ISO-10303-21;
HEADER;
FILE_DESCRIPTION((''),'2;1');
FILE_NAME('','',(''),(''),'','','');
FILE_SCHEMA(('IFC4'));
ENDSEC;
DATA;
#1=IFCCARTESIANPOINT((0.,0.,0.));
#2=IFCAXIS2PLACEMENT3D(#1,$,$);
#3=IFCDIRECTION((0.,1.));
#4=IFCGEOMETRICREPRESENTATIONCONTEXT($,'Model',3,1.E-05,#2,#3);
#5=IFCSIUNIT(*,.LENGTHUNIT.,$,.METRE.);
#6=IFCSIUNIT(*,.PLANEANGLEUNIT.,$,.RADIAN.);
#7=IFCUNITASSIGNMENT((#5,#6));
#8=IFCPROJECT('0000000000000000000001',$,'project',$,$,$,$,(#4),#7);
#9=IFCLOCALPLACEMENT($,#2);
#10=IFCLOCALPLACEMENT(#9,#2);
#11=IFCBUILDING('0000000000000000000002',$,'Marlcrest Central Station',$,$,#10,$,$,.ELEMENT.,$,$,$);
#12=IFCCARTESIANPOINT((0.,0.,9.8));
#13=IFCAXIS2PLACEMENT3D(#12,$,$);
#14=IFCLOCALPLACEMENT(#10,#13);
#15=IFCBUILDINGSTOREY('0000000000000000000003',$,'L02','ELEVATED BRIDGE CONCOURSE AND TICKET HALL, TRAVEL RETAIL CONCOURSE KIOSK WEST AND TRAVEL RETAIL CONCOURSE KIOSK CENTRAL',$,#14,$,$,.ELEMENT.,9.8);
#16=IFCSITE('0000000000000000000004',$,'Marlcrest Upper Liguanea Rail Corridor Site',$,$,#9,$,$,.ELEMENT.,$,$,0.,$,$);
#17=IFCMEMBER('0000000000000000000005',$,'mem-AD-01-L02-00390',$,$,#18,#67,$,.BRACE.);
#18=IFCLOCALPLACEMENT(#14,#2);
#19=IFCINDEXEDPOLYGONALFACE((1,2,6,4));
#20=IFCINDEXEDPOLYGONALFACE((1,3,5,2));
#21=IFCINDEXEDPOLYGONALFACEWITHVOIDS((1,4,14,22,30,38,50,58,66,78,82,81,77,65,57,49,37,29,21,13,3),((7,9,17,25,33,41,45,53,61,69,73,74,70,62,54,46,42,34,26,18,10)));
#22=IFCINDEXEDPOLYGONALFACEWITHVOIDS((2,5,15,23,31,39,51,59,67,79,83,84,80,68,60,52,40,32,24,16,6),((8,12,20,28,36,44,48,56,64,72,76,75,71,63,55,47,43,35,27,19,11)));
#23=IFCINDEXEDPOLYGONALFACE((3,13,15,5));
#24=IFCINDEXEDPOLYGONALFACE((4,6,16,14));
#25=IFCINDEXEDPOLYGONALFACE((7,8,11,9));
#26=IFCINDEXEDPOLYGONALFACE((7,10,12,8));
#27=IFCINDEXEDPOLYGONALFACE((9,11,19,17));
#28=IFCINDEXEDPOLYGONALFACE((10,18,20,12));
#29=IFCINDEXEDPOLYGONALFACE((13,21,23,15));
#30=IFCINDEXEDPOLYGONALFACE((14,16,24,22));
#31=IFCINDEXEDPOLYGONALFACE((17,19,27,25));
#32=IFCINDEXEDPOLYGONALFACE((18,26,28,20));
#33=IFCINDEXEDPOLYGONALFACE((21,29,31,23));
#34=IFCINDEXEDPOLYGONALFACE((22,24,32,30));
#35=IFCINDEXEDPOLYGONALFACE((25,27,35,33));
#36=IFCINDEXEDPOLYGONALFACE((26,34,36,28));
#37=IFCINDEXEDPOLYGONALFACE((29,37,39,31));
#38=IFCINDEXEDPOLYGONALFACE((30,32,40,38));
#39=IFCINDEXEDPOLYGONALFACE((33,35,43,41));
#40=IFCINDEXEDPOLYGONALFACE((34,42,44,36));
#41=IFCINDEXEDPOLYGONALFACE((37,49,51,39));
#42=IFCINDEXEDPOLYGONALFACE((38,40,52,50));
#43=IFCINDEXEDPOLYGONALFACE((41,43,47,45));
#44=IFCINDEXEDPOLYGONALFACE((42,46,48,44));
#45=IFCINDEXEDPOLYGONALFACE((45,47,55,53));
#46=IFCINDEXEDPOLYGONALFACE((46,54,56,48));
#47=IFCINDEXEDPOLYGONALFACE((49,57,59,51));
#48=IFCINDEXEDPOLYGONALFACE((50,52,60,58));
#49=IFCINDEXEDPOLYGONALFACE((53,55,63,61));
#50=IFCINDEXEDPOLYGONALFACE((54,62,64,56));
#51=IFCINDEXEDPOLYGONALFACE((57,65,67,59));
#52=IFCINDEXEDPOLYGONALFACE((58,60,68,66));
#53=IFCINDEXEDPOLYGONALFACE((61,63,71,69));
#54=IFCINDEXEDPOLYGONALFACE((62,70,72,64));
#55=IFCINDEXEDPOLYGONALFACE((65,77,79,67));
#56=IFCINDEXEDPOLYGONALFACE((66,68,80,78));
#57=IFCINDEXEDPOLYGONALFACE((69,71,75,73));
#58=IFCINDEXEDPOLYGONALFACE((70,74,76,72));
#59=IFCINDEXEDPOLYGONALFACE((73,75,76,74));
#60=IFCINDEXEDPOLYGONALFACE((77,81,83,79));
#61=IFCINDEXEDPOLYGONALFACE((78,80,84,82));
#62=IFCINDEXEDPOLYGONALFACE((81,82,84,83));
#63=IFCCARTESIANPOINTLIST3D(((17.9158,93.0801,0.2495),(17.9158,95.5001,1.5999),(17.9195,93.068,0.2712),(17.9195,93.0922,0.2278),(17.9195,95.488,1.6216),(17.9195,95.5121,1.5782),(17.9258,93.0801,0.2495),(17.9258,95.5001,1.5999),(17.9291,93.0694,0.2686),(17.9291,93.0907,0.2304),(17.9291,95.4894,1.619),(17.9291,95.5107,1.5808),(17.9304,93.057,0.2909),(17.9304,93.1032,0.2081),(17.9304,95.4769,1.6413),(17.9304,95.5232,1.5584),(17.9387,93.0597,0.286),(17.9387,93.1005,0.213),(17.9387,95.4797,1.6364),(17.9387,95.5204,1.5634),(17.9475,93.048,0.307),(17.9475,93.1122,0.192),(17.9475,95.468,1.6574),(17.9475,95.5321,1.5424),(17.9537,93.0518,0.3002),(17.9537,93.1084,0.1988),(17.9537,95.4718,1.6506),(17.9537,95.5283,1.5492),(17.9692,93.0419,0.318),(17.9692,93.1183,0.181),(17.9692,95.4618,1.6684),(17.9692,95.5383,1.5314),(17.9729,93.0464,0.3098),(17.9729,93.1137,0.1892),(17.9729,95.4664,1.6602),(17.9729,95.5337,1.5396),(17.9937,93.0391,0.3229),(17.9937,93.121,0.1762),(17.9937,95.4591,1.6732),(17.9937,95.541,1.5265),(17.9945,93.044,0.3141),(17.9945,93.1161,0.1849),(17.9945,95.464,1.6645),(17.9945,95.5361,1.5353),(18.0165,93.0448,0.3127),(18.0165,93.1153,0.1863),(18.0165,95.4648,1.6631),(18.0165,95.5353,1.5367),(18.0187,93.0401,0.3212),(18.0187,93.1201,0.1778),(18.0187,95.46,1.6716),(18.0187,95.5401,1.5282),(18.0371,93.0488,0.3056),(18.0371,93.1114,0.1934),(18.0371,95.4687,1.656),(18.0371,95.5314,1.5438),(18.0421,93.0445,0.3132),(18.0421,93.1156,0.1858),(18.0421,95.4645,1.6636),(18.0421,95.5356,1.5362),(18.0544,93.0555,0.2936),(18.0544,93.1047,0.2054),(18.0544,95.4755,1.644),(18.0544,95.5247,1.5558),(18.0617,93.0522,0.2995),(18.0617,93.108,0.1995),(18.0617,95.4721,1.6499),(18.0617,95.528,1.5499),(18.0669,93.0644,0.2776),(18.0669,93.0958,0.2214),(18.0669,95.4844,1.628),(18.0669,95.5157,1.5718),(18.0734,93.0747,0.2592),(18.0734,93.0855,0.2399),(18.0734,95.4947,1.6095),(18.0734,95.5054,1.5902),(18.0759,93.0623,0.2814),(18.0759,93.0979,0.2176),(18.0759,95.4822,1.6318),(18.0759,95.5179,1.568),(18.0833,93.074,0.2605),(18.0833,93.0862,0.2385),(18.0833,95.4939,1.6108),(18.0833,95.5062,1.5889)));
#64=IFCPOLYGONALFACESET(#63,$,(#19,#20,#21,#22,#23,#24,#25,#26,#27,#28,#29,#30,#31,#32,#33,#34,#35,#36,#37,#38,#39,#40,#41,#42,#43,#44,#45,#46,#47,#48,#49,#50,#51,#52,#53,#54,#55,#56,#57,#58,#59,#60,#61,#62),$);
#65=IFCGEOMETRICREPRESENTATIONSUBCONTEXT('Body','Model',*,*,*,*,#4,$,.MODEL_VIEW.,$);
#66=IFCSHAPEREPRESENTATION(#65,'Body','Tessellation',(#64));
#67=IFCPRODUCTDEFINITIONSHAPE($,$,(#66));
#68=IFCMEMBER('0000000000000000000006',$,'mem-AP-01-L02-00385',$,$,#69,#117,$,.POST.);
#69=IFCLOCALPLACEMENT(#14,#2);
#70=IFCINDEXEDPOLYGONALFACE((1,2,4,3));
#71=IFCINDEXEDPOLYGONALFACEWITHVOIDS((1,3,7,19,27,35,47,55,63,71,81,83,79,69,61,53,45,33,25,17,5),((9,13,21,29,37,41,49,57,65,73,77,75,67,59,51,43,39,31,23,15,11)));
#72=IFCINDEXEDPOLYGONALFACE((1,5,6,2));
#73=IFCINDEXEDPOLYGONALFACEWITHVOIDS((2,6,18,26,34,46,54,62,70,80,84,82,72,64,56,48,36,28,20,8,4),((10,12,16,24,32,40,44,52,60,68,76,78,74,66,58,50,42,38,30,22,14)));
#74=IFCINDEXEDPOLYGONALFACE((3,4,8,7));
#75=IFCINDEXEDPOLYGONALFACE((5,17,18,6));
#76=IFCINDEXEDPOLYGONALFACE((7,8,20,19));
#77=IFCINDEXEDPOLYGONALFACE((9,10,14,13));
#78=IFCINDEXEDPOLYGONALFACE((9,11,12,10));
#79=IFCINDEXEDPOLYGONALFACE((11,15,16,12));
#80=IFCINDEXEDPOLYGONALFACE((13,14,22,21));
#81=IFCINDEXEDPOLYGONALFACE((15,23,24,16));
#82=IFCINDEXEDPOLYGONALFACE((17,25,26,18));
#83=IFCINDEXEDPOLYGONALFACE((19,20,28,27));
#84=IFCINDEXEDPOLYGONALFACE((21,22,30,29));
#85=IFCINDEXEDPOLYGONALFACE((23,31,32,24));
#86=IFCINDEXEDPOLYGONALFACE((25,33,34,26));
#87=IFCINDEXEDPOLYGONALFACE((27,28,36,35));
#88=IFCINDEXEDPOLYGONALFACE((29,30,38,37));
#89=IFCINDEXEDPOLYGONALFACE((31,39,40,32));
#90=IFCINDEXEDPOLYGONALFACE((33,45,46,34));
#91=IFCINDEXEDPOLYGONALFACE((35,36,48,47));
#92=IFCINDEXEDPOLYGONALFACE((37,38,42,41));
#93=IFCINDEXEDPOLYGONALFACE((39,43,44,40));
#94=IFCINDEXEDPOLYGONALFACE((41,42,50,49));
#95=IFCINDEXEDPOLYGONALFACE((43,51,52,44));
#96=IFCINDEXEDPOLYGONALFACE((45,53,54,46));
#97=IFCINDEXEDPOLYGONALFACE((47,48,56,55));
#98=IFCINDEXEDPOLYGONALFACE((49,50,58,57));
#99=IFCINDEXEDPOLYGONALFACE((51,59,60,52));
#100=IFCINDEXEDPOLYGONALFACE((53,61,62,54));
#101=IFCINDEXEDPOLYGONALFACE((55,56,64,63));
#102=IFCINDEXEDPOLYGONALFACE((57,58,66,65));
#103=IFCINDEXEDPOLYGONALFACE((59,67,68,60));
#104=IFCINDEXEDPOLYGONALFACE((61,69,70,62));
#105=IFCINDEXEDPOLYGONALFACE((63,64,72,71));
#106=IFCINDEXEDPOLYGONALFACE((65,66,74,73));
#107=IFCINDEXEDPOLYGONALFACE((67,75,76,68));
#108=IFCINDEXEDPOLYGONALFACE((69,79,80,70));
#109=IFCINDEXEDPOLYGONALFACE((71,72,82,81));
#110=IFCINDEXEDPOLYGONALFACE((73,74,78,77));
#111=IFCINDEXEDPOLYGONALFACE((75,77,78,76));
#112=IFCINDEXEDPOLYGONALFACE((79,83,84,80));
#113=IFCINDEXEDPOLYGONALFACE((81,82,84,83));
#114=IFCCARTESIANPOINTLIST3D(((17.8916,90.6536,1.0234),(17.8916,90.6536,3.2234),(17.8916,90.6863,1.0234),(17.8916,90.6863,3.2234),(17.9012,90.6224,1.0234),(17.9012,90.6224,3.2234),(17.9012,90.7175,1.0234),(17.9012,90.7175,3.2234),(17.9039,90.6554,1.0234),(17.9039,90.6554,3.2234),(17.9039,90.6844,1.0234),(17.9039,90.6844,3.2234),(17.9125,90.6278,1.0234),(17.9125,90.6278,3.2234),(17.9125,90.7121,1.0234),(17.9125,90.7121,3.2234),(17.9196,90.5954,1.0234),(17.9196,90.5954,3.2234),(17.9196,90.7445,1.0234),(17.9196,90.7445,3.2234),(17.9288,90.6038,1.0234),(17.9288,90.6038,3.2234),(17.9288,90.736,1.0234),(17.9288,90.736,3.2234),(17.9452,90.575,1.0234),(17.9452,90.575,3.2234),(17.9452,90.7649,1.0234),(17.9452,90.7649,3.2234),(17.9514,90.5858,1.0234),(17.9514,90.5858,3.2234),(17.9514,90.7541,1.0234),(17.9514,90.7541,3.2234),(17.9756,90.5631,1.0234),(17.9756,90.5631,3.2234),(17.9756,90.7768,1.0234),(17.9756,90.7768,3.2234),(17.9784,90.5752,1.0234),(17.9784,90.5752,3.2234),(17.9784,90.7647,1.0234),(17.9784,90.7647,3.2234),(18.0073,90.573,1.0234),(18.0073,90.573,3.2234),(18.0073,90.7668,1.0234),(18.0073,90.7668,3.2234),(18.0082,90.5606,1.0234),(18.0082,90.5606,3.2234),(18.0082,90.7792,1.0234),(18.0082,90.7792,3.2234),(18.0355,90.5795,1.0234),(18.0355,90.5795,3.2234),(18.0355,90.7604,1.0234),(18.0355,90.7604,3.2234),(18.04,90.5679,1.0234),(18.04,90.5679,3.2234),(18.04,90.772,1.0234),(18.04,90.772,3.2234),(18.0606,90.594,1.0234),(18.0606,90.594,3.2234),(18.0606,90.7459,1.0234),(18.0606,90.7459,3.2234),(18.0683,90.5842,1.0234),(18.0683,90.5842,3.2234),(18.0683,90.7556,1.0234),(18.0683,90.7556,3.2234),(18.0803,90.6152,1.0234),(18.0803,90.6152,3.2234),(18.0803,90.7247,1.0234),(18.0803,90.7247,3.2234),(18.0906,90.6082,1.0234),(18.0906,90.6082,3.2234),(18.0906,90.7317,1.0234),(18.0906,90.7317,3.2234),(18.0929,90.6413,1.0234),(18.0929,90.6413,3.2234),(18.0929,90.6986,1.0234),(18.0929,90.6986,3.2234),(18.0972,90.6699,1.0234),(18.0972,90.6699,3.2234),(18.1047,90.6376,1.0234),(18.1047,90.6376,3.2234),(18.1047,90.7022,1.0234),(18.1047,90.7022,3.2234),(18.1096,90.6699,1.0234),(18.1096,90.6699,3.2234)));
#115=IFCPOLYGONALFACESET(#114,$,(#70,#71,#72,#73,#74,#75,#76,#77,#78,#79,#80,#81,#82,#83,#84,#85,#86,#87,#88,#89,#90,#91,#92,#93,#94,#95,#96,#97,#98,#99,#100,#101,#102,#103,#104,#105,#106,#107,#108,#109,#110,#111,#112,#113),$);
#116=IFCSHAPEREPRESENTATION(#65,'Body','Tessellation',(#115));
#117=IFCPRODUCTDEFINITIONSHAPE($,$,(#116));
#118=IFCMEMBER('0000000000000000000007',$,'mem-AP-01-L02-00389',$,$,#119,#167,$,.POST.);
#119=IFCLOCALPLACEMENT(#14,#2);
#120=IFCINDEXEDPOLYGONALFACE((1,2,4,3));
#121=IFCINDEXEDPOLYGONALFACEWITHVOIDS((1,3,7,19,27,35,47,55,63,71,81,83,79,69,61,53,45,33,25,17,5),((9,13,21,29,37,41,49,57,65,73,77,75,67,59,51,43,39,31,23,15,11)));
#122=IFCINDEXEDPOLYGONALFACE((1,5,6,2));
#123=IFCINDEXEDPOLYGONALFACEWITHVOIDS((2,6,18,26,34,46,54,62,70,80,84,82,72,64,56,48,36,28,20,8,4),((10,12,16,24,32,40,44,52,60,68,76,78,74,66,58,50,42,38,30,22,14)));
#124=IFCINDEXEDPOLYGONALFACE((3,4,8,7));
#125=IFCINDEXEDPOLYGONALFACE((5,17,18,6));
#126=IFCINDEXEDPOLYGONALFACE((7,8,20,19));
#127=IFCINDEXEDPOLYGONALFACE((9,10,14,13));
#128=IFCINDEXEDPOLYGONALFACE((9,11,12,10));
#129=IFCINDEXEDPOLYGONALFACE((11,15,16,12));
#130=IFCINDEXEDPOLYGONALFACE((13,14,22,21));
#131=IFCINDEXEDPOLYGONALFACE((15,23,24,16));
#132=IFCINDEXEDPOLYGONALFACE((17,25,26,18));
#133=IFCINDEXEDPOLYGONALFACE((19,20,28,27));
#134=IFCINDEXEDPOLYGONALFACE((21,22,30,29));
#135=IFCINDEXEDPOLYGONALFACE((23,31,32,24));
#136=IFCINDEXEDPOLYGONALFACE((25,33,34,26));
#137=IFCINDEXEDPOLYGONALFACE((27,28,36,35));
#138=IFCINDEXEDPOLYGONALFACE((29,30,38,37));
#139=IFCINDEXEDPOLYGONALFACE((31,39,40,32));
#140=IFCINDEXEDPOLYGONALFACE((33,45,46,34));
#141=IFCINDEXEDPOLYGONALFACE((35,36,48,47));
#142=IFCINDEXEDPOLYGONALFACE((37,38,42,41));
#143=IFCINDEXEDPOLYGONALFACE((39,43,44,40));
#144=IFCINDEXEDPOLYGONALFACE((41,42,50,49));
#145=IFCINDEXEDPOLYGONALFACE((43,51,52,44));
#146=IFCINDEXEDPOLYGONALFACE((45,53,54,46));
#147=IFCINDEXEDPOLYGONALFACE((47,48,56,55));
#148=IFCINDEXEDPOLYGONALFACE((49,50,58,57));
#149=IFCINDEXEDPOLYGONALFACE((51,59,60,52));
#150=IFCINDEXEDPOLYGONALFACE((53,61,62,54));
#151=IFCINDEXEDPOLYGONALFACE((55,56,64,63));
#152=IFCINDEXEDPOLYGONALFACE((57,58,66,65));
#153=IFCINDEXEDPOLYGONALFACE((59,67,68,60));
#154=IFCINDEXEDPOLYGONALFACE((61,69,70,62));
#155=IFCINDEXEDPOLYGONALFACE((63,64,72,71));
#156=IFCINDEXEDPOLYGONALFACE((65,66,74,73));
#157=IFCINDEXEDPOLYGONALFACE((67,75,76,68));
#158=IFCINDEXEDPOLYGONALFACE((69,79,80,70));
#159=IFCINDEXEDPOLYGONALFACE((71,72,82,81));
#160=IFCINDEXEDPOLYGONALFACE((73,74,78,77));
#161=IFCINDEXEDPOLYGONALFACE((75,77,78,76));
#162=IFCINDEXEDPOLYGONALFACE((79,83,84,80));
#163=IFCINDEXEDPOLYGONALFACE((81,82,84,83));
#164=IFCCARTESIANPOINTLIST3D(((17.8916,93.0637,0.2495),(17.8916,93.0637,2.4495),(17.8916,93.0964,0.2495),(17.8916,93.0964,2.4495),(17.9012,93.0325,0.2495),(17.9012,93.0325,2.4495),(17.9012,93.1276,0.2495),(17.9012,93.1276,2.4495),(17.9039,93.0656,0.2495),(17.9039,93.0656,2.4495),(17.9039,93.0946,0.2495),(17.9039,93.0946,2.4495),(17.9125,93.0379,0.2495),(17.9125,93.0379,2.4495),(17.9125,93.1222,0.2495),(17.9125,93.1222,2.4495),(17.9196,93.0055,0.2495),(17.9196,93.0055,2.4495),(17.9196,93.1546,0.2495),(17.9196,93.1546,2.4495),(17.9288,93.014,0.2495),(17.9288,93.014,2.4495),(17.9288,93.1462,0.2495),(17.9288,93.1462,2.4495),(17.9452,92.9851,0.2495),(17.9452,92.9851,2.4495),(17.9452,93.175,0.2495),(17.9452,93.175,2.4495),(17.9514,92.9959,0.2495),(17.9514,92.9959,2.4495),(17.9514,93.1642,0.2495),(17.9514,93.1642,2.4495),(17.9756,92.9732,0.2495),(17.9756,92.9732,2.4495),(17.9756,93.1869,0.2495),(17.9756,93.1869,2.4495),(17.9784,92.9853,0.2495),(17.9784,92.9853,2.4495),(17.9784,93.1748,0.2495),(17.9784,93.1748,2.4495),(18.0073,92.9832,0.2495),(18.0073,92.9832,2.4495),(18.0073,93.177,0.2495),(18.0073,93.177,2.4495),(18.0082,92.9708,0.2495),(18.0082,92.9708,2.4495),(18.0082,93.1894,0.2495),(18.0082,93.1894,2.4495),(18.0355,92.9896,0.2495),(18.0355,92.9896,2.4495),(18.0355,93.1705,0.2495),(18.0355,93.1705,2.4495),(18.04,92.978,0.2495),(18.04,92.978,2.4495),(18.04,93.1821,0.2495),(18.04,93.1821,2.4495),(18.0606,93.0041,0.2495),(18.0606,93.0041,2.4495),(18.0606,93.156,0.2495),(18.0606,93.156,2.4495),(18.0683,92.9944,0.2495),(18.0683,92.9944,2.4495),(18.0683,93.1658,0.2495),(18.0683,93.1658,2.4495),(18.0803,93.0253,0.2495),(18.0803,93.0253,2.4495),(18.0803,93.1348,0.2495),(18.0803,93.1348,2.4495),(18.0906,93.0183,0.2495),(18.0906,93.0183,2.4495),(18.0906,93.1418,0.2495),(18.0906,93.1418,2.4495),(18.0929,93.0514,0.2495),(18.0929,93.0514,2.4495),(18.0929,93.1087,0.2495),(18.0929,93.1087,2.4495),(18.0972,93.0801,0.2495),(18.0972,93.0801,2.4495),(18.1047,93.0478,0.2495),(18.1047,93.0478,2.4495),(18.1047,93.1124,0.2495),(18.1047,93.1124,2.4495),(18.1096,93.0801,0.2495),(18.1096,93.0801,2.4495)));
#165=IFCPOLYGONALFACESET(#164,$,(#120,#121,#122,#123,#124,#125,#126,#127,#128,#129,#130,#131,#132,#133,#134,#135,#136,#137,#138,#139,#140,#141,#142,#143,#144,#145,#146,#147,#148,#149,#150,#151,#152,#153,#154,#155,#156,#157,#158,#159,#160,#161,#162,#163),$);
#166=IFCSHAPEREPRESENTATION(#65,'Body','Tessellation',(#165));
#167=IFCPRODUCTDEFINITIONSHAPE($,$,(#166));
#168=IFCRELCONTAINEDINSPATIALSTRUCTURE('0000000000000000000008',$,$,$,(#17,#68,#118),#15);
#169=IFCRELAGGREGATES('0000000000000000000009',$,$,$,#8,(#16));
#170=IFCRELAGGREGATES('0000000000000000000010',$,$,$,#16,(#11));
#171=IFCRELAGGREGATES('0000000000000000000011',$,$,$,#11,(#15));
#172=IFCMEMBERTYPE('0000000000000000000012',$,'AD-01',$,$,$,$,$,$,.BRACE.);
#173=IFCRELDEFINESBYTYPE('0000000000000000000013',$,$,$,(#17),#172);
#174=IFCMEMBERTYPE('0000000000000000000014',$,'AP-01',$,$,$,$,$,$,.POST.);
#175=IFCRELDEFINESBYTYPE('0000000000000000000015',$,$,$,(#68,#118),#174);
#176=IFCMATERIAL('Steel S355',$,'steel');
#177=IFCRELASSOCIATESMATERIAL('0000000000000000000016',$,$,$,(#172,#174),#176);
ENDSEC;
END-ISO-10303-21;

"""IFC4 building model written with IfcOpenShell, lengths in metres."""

from ifc_helpers import new_model, si_unit, direction, frame, origin, origin_2d, place, context, subcontext, project, spatial, hollow_circle, extrude, material, material_profile, profile_set, type_object, element, save


model = new_model("IFC4")

# Units and contexts
model_context = context("Model", 3, precision=1e-05, world=origin(), true_north=direction((0.0, 1.0)))
body_context = subcontext(model_context, "Body", "Model", "MODEL_VIEW")
ifc_project = project(units=[si_unit("LENGTHUNIT", "METRE"), si_unit("PLANEANGLEUNIT", "RADIAN")], contexts=[model_context])

# Site, building, storey
site_placement = place(None, origin())
site = spatial("IfcSite", under=ifc_project, at=site_placement, Name="Marlcrest Upper Liguanea Rail Corridor Site", CompositionType="ELEMENT", RefElevation=0.0)
building_placement = place(site_placement, origin())
building = spatial("IfcBuilding", under=site, at=building_placement, Name="Marlcrest Central Station", CompositionType="ELEMENT")
storey_placement = place(building_placement, frame((0.0, 0.0, 9.8)))
storey = spatial("IfcBuildingStorey", under=building, at=storey_placement, Name="L02", Description="ELEVATED BRIDGE CONCOURSE AND TICKET HALL, TRAVEL RETAIL CONCOURSE KIOSK WEST AND TRAVEL RETAIL CONCOURSE KIOSK CENTRAL", CompositionType="ELEMENT", Elevation=9.8)

# Members
ifc_material_1 = material(Name="Steel S355", Category="steel")
ifc_material_profile_1 = material_profile(ifc_material_1, hollow_circle(Radius=0.0842, WallThickness=0.01, at=origin_2d()), Name="CHS 168.3x10")
ifc_profile_set_1 = profile_set([ifc_material_profile_1], Name="Steel S355")
member_type_1 = type_object("IfcMemberType", Name="AD-01", PredefinedType="BRACE", material=ifc_profile_set_1)
member_1_placement = place(storey_placement, frame((18.0, 93.0801, 0.2495), z_axis=(0.0, 0.873246, 0.48728), x_axis=(-1.0, 0.0, 0.0)))
element("IfcMember", 1, at=member_1_placement, inside=storey, type_object=member_type_1, Name="mem-AD-01-L02-00390", PredefinedType="BRACE", context=body_context, shape_type="SweptSolid", body=[
    extrude(hollow_circle(Radius=0.0842, WallThickness=0.01, at=origin_2d()), origin(), (0.0, 0.0, 1.0), 2.7712),
])
ifc_material_profile_2 = material_profile(ifc_material_1, hollow_circle(Radius=0.1096, WallThickness=0.0125, at=origin_2d()), Name="CHS 219.1x12.5")
ifc_profile_set_2 = profile_set([ifc_material_profile_2], Name="Steel S355")
member_type_2 = type_object("IfcMemberType", Name="AP-01", PredefinedType="POST", material=ifc_profile_set_2)
for number, where, z_axis, x_axis, name in (
    (2, (18.0, 90.6699, 1.0234), (0.0, 0.0, 1.0), (1.0, 0.0, 0.0), "mem-AP-01-L02-00385"),
    (3, (18.0, 93.0801, 0.2495), (0.0, 0.0, 1.0), (1.0, 0.0, 0.0), "mem-AP-01-L02-00389"),
):
    element("IfcMember", number, at=place(storey_placement, frame(where, z_axis=z_axis, x_axis=x_axis)), inside=storey, type_object=member_type_2, Name=name, PredefinedType="POST", context=body_context, shape_type="SweptSolid", body=[
        extrude(hollow_circle(Radius=0.1096, WallThickness=0.0125, at=origin_2d()), origin(), (0.0, 0.0, 1.0), 2.2),
    ])

save(model, "model.ifc")
